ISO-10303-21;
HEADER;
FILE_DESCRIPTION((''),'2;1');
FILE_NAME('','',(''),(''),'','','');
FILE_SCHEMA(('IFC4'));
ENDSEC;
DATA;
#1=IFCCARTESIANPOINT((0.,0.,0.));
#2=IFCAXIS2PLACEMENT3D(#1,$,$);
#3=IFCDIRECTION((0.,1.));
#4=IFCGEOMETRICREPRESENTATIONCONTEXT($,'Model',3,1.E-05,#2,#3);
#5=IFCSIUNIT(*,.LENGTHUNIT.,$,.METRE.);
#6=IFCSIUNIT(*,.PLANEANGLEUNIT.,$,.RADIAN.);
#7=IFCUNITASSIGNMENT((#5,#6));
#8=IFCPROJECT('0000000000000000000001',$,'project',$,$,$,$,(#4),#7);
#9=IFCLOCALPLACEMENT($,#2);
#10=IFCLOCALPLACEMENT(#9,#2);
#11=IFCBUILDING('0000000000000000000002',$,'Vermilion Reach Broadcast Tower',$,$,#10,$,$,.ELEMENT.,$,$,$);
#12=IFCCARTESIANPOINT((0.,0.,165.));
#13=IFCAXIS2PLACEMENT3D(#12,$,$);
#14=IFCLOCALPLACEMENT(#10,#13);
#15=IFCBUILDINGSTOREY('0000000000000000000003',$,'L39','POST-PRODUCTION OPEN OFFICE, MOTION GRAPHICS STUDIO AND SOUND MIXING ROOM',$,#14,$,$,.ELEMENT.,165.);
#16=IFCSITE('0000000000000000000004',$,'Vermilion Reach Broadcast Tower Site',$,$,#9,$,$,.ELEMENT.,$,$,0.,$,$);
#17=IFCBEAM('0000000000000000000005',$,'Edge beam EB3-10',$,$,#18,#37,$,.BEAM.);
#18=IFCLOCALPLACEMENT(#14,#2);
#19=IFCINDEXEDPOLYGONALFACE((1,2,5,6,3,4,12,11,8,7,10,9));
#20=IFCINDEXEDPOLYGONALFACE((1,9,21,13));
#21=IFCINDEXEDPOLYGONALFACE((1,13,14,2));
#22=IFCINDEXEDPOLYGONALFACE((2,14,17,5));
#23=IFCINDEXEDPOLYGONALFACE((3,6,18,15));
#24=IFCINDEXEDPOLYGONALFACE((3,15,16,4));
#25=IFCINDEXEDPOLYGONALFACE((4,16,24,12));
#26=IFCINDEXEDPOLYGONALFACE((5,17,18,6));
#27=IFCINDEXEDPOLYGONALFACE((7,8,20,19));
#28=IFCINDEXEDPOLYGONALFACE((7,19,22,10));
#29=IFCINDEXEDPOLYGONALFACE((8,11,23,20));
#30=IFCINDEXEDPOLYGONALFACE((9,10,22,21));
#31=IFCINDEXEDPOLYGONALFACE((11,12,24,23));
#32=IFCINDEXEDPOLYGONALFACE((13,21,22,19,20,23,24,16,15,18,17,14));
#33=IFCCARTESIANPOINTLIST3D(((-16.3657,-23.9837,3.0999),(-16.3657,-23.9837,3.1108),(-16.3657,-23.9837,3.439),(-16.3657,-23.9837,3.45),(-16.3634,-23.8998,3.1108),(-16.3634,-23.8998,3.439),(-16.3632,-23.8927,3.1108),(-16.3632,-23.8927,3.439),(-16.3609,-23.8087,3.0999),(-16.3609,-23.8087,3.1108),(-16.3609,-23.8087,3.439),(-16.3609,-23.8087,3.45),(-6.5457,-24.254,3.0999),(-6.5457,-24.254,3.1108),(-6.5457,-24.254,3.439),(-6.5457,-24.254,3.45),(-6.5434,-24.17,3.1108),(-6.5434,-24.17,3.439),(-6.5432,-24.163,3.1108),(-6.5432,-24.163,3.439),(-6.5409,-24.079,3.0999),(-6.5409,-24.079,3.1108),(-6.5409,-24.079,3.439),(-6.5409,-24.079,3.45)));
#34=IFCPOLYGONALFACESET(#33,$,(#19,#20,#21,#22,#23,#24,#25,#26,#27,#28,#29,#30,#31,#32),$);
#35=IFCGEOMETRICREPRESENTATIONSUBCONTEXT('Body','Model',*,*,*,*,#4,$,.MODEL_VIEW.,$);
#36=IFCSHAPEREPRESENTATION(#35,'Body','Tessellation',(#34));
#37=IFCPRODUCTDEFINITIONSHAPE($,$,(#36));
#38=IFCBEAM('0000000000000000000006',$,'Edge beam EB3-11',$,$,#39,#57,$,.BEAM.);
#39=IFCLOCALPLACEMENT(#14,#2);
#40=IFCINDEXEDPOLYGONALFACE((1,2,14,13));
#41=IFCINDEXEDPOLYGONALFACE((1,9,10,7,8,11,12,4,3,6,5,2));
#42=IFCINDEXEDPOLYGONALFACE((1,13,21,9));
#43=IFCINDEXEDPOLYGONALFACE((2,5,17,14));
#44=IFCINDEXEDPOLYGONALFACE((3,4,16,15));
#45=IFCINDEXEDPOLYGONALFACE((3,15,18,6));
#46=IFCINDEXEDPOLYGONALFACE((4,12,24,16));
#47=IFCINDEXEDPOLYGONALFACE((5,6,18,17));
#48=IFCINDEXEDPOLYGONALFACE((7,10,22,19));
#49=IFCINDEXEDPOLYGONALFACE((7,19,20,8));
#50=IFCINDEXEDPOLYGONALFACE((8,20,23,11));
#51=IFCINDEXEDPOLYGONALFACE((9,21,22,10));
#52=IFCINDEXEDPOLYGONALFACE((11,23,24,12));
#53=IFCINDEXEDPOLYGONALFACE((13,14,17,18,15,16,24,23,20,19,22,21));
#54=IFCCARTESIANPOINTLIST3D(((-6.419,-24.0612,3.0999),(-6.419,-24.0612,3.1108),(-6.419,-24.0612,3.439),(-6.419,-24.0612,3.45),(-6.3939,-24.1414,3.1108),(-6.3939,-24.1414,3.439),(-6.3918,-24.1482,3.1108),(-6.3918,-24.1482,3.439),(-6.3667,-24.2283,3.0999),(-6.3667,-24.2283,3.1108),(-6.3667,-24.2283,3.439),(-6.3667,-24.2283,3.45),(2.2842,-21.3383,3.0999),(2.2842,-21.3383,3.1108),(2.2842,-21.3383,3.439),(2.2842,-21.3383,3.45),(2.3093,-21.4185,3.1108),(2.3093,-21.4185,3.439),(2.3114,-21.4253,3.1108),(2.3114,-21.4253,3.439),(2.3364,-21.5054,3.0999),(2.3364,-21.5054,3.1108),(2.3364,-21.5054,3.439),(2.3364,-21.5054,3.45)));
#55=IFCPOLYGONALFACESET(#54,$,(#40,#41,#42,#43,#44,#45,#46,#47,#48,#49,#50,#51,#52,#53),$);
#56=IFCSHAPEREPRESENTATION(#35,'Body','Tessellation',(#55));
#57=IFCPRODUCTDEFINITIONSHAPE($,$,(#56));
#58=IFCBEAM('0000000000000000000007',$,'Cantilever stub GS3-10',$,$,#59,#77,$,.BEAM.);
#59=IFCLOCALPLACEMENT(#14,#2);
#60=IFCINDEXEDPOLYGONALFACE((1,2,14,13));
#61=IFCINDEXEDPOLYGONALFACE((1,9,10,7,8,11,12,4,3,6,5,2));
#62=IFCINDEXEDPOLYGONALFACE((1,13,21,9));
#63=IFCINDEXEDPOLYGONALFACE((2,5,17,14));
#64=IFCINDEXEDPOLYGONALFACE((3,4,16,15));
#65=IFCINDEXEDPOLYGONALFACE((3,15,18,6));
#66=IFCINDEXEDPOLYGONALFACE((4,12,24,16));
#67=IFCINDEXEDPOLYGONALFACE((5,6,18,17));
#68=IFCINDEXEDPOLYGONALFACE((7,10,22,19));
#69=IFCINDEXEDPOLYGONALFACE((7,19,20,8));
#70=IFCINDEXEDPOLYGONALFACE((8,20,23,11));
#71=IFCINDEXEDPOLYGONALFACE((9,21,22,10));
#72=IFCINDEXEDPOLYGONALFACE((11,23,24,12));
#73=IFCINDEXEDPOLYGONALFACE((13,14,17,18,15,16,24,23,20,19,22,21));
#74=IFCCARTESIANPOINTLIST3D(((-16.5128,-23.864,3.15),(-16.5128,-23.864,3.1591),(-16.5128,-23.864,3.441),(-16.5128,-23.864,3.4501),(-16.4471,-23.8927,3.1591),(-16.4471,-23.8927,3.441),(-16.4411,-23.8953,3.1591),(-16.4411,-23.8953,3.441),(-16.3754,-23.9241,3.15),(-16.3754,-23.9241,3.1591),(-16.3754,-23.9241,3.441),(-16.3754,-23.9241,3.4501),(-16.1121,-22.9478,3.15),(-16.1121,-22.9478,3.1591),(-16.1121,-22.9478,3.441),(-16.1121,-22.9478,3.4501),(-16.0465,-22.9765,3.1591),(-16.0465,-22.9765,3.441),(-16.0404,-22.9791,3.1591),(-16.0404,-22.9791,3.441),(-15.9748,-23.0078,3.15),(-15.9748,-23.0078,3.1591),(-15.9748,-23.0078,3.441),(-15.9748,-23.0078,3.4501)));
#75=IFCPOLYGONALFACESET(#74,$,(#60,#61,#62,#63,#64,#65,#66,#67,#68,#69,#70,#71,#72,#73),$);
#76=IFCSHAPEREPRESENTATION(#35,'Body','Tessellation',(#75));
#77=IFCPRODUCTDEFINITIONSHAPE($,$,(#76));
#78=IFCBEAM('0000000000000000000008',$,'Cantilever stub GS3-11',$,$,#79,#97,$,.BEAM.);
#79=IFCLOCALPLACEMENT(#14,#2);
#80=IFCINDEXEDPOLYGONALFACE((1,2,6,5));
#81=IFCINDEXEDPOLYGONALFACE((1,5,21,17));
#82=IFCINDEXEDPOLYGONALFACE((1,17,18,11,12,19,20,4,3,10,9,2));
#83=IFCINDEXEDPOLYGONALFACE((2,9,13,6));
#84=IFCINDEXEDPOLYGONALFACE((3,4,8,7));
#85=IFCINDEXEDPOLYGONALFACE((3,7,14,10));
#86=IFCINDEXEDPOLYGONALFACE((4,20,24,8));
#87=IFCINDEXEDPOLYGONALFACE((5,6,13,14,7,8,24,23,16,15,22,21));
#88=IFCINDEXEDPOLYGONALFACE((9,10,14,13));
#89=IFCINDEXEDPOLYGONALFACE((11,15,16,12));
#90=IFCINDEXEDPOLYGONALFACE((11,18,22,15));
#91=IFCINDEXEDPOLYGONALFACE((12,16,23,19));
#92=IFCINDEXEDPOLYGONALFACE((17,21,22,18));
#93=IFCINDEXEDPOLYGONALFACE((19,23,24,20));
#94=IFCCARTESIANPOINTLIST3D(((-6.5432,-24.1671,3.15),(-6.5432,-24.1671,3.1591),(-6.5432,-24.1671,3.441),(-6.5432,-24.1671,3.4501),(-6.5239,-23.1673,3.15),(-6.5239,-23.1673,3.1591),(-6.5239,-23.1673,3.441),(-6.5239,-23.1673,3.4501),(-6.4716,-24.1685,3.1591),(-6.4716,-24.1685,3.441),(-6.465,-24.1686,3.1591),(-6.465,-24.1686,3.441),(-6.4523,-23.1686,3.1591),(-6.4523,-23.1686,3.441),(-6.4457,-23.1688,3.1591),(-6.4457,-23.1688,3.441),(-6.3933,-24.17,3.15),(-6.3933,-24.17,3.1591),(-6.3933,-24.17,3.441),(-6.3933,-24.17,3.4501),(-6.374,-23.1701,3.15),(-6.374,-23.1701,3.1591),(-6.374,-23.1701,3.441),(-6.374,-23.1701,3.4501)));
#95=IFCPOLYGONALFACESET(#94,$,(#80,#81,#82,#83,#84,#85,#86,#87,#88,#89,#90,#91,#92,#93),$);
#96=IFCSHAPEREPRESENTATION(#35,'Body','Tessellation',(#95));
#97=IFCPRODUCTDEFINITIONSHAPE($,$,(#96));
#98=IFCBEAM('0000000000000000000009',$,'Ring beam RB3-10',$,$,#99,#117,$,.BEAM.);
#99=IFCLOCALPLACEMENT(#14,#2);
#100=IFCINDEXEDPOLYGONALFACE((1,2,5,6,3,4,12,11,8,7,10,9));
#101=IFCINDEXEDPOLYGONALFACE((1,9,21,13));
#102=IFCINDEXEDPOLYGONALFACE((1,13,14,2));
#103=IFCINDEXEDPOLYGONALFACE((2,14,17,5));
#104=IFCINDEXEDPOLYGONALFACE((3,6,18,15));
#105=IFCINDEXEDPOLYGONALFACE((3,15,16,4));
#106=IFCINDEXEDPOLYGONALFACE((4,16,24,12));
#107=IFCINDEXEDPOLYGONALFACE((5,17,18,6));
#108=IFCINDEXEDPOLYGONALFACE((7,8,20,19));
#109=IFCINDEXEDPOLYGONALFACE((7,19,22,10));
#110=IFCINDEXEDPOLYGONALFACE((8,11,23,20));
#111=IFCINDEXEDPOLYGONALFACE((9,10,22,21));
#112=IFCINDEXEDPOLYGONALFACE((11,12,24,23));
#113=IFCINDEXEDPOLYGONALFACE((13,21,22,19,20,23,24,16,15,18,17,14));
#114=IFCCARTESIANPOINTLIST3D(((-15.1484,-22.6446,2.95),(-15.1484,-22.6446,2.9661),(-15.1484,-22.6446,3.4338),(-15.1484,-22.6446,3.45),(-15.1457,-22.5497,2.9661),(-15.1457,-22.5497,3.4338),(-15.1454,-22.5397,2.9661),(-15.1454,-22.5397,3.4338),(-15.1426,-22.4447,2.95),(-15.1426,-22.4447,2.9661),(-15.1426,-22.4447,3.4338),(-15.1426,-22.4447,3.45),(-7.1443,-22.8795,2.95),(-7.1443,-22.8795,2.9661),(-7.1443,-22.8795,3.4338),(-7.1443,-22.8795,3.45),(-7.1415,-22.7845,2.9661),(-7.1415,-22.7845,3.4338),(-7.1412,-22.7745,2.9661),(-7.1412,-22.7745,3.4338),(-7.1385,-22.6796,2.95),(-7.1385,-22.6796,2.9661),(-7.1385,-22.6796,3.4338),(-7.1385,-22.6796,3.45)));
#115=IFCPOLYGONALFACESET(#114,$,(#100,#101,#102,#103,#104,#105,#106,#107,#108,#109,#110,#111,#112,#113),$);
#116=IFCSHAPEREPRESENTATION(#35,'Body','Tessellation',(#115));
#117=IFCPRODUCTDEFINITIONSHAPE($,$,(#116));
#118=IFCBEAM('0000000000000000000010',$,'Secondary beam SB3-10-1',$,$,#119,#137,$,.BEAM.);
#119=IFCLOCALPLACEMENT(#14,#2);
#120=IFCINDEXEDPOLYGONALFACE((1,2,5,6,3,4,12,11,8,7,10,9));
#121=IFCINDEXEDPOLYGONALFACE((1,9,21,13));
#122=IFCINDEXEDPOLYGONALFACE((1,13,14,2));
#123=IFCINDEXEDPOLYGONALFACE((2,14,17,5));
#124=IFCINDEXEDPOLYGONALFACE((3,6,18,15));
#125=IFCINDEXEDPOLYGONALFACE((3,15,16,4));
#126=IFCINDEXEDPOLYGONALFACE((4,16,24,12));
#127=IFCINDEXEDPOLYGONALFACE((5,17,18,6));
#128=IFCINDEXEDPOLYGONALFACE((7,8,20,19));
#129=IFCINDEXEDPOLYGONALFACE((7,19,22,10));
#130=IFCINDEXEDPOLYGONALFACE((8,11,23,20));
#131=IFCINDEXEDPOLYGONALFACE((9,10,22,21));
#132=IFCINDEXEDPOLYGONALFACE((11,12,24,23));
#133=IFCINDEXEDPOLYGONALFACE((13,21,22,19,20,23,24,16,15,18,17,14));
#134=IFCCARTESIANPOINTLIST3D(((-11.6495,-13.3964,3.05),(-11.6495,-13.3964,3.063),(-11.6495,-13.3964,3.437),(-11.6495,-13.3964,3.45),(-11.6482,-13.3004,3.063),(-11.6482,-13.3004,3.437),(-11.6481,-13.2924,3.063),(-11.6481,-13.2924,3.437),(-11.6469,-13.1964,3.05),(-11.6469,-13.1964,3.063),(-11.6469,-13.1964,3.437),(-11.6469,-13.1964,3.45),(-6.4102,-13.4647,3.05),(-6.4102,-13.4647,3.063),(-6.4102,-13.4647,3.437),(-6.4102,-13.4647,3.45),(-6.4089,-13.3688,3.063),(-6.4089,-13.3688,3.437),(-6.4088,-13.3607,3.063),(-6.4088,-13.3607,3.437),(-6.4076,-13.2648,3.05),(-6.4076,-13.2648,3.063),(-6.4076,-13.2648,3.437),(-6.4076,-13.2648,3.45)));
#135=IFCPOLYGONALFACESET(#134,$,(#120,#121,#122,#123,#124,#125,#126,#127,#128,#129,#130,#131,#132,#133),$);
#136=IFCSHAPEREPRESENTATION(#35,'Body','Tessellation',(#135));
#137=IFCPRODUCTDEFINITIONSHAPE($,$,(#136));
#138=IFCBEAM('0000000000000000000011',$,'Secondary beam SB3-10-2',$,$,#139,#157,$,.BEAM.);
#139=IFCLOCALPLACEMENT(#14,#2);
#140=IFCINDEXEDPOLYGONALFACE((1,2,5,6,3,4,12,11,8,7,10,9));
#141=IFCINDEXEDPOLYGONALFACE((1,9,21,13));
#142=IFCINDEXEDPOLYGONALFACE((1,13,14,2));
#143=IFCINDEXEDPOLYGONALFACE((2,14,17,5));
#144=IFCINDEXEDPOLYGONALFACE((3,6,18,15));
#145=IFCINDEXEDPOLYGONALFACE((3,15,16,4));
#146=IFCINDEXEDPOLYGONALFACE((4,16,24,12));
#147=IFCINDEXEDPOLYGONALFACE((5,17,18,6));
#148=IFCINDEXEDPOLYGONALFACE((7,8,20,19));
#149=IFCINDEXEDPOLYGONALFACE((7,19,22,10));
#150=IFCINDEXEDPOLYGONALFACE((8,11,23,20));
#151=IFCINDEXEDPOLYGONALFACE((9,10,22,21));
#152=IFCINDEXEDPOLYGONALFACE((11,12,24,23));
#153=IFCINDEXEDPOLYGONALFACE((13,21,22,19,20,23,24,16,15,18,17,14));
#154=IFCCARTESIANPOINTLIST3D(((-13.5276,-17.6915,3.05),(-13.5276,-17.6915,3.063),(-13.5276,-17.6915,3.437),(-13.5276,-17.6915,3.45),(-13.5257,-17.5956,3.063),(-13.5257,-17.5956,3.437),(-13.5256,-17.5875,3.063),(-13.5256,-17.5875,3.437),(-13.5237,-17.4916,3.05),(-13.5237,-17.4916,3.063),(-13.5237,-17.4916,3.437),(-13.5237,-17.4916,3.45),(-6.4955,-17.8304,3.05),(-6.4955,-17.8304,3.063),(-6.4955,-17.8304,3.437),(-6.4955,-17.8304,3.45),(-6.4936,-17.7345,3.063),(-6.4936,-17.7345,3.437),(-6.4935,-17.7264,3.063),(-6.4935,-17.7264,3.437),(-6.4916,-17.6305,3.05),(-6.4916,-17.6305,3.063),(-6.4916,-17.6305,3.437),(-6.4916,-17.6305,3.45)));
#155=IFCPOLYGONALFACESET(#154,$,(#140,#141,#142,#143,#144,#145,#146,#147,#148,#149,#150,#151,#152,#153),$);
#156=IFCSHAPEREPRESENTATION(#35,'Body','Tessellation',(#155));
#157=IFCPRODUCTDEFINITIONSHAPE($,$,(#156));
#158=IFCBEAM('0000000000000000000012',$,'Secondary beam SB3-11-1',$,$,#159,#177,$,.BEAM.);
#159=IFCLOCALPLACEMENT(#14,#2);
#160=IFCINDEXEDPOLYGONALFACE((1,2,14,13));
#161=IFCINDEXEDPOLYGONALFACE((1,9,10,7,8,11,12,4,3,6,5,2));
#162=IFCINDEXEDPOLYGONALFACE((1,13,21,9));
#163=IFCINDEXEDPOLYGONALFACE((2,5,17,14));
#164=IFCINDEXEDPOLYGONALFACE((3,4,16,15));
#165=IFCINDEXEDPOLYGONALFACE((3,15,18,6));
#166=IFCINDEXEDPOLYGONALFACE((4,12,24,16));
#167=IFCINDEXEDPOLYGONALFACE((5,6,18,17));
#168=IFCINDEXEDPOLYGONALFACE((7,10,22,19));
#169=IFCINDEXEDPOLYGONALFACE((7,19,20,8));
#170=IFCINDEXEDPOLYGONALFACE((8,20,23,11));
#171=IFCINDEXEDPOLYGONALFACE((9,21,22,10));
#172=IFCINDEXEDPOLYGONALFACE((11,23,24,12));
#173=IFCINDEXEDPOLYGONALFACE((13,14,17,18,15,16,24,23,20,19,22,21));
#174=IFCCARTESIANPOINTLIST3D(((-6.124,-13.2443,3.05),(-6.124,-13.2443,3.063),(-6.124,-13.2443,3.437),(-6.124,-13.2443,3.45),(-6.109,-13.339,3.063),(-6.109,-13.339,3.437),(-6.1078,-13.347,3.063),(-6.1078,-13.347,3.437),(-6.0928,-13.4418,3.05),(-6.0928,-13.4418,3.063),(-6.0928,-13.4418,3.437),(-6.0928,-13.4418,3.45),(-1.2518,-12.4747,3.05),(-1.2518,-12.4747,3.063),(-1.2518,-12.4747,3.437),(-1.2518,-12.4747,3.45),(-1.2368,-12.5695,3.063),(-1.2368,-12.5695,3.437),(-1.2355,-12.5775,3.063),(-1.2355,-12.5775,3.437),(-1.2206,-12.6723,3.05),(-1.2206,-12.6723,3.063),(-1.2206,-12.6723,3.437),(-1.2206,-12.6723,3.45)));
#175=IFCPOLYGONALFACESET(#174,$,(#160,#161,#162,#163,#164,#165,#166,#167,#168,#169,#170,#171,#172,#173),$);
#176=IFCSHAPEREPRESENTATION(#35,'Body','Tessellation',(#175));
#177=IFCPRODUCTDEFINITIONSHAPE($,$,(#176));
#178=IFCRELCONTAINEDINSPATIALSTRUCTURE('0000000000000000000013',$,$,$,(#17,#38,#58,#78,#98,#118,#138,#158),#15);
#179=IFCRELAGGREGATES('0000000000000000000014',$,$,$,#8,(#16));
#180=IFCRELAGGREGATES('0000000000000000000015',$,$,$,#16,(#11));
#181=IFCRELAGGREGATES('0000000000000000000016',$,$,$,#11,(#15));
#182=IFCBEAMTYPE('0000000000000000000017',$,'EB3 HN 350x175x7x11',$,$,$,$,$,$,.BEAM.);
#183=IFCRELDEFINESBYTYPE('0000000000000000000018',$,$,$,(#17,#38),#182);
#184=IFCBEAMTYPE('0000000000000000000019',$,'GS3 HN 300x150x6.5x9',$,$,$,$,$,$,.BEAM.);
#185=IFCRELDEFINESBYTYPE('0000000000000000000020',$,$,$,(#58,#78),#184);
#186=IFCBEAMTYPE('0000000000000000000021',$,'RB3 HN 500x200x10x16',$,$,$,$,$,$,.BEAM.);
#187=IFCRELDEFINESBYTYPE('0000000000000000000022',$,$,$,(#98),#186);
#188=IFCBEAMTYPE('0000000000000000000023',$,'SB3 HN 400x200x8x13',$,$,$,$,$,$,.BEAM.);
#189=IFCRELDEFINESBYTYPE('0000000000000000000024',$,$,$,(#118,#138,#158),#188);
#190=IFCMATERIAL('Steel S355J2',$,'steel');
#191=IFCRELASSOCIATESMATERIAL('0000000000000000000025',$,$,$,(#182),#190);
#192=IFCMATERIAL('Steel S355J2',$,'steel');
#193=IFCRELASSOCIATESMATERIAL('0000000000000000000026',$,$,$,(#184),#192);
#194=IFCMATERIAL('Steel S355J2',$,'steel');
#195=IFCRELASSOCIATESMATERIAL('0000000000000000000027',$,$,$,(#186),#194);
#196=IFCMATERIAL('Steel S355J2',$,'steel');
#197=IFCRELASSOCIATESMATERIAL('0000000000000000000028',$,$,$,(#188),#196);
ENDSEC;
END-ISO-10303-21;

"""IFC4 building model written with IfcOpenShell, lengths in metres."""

from ifc_helpers import new_model, si_unit, direction, frame, origin, origin_2d, place, context, subcontext, project, spatial, i_section, extrude, material, material_profile, profile_set, type_object, element, save


model = new_model("IFC4")

# Units and contexts
model_context = context("Model", 3, precision=1e-05, world=origin(), true_north=direction((0.0, 1.0)))
body_context = subcontext(model_context, "Body", "Model", "MODEL_VIEW")
ifc_project = project(units=[si_unit("LENGTHUNIT", "METRE"), si_unit("PLANEANGLEUNIT", "RADIAN")], contexts=[model_context])

# Site, building, storey
site_placement = place(None, origin())
site = spatial("IfcSite", under=ifc_project, at=site_placement, Name="Vermilion Reach Broadcast Tower Site", CompositionType="ELEMENT", RefElevation=0.0)
building_placement = place(site_placement, origin())
building = spatial("IfcBuilding", under=site, at=building_placement, Name="Vermilion Reach Broadcast Tower", CompositionType="ELEMENT")
storey_placement = place(building_placement, frame((0.0, 0.0, 165.0)))
storey = spatial("IfcBuildingStorey", under=building, at=storey_placement, Name="L39", Description="POST-PRODUCTION OPEN OFFICE, MOTION GRAPHICS STUDIO AND SOUND MIXING ROOM", CompositionType="ELEMENT", Elevation=165.0)

# Beams
ifc_material_1 = material(Name="Steel S355J2", Category="steel")
ifc_material_profile_1 = material_profile(ifc_material_1, i_section(OverallWidth=0.175, OverallDepth=0.3501, WebThickness=0.0071, FlangeThickness=0.011, at=origin_2d()), Name="S355J2 HN 350x175x7x11")
ifc_profile_set_1 = profile_set([ifc_material_profile_1], Name="Steel S355J2")
beam_type_1 = type_object("IfcBeamType", Name="EB3 HN 350x175x7x11", PredefinedType="BEAM", material=ifc_profile_set_1)
beam_1_placement = place(storey_placement, frame((-16.3633, -23.8962, 3.2749), z_axis=(0.999621, -0.027511, 0.0), x_axis=(0.027511, 0.999621, 0.0)))
element("IfcBeam", 1, at=beam_1_placement, inside=storey, type_object=beam_type_1, Name="Edge beam EB3-10", PredefinedType="BEAM", context=body_context, shape_type="SweptSolid", body=[
    extrude(i_section(OverallWidth=0.175, OverallDepth=0.3501, WebThickness=0.0071, FlangeThickness=0.011, at=origin_2d()), origin(), (0.0, 0.0, 1.0), 9.8237),
])
beam_2_placement = place(storey_placement, frame((-6.3928, -24.1448, 3.2749), z_axis=(0.954381, 0.298592, 0.0), x_axis=(-0.298592, 0.954381, 0.0)))
element("IfcBeam", 2, at=beam_2_placement, inside=storey, type_object=beam_type_1, Name="Edge beam EB3-11", PredefinedType="BEAM", context=body_context, shape_type="SweptSolid", body=[
    extrude(i_section(OverallWidth=0.175, OverallDepth=0.3501, WebThickness=0.0071, FlangeThickness=0.011, at=origin_2d()), origin(), (0.0, 0.0, 1.0), 9.1191),
])
ifc_material_2 = material(Name="Steel S355J2", Category="steel")
ifc_material_profile_2 = material_profile(ifc_material_2, i_section(OverallWidth=0.1499, OverallDepth=0.3, WebThickness=0.0066, FlangeThickness=0.009, at=origin_2d()), Name="S355J2 HN 300x150x6.5x9")
ifc_profile_set_2 = profile_set([ifc_material_profile_2], Name="Steel S355J2")
beam_type_2 = type_object("IfcBeamType", Name="GS3 HN 300x150x6.5x9", PredefinedType="BEAM", material=ifc_profile_set_2)
for number, where, z_axis, x_axis, name in (
    (3, (-16.0435, -22.9778, 3.3), (-0.400627, -0.916241, 0.0), (0.916241, -0.400627, 0.0), "Cantilever stub GS3-10"),
    (4, (-6.449, -23.1687, 3.3), (-0.019288, -0.999814, 0.0), (0.999814, -0.019288, 0.0), "Cantilever stub GS3-11"),
):
    element("IfcBeam", number, at=place(storey_placement, frame(where, z_axis=z_axis, x_axis=x_axis)), inside=storey, type_object=beam_type_2, Name=name, PredefinedType="BEAM", context=body_context, shape_type="SweptSolid", body=[
        extrude(i_section(OverallWidth=0.1499, OverallDepth=0.3, WebThickness=0.0066, FlangeThickness=0.009, at=origin_2d()), origin(), (0.0, 0.0, 1.0), 1.0),
    ])
ifc_material_3 = material(Name="Steel S355J2", Category="steel")
ifc_material_profile_3 = material_profile(ifc_material_3, i_section(OverallWidth=0.2, OverallDepth=0.5, WebThickness=0.01, FlangeThickness=0.0161, at=origin_2d()), Name="S355J2 HN 500x200x10x16")
ifc_profile_set_3 = profile_set([ifc_material_profile_3], Name="Steel S355J2")
beam_type_3 = type_object("IfcBeamType", Name="RB3 HN 500x200x10x16", PredefinedType="BEAM", material=ifc_profile_set_3)
beam_3_placement = place(storey_placement, frame((-15.1455, -22.5447, 3.2), z_axis=(0.99957, -0.02933, 0.0), x_axis=(0.02933, 0.99957, 0.0)))
element("IfcBeam", 5, at=beam_3_placement, inside=storey, type_object=beam_type_3, Name="Ring beam RB3-10", PredefinedType="BEAM", context=body_context, shape_type="SweptSolid", body=[
    extrude(i_section(OverallWidth=0.2, OverallDepth=0.5, WebThickness=0.01, FlangeThickness=0.0161, at=origin_2d()), origin(), (0.0, 0.0, 1.0), 8.0076),
])
ifc_material_4 = material(Name="Steel S355J2", Category="steel")
ifc_material_profile_4 = material_profile(ifc_material_4, i_section(OverallWidth=0.2, OverallDepth=0.3999, WebThickness=0.0081, FlangeThickness=0.0129, at=origin_2d()), Name="S355J2 HN 400x200x8x13")
ifc_profile_set_4 = profile_set([ifc_material_profile_4], Name="Steel S355J2")
beam_type_4 = type_object("IfcBeamType", Name="SB3 HN 400x200x8x13", PredefinedType="BEAM", material=ifc_profile_set_4)
beam_4_placement = place(storey_placement, frame((-11.6482, -13.2964, 3.25), z_axis=(0.999915, -0.013046, 0.0), x_axis=(0.013046, 0.999915, 0.0)))
element("IfcBeam", 6, at=beam_4_placement, inside=storey, type_object=beam_type_4, Name="Secondary beam SB3-10-1", PredefinedType="BEAM", context=body_context, shape_type="SweptSolid", body=[
    extrude(i_section(OverallWidth=0.2, OverallDepth=0.3999, WebThickness=0.0081, FlangeThickness=0.0129, at=origin_2d()), origin(), (0.0, 0.0, 1.0), 5.2397),
])
beam_5_placement = place(storey_placement, frame((-13.5256, -17.5916, 3.25), z_axis=(0.999805, -0.019751, 0.0), x_axis=(0.019751, 0.999805, 0.0)))
element("IfcBeam", 7, at=beam_5_placement, inside=storey, type_object=beam_type_4, Name="Secondary beam SB3-10-2", PredefinedType="BEAM", context=body_context, shape_type="SweptSolid", body=[
    extrude(i_section(OverallWidth=0.2, OverallDepth=0.3999, WebThickness=0.0081, FlangeThickness=0.0129, at=origin_2d()), origin(), (0.0, 0.0, 1.0), 7.0334),
])
beam_6_placement = place(storey_placement, frame((-6.1084, -13.343, 3.25), z_axis=(0.987756, 0.156006, 0.0), x_axis=(-0.156006, 0.987756, 0.0)))
element("IfcBeam", 8, at=beam_6_placement, inside=storey, type_object=beam_type_4, Name="Secondary beam SB3-11-1", PredefinedType="BEAM", context=body_context, shape_type="SweptSolid", body=[
    extrude(i_section(OverallWidth=0.2, OverallDepth=0.3999, WebThickness=0.0081, FlangeThickness=0.0129, at=origin_2d()), origin(), (0.0, 0.0, 1.0), 4.9326),
])

save(model, "model.ifc")
